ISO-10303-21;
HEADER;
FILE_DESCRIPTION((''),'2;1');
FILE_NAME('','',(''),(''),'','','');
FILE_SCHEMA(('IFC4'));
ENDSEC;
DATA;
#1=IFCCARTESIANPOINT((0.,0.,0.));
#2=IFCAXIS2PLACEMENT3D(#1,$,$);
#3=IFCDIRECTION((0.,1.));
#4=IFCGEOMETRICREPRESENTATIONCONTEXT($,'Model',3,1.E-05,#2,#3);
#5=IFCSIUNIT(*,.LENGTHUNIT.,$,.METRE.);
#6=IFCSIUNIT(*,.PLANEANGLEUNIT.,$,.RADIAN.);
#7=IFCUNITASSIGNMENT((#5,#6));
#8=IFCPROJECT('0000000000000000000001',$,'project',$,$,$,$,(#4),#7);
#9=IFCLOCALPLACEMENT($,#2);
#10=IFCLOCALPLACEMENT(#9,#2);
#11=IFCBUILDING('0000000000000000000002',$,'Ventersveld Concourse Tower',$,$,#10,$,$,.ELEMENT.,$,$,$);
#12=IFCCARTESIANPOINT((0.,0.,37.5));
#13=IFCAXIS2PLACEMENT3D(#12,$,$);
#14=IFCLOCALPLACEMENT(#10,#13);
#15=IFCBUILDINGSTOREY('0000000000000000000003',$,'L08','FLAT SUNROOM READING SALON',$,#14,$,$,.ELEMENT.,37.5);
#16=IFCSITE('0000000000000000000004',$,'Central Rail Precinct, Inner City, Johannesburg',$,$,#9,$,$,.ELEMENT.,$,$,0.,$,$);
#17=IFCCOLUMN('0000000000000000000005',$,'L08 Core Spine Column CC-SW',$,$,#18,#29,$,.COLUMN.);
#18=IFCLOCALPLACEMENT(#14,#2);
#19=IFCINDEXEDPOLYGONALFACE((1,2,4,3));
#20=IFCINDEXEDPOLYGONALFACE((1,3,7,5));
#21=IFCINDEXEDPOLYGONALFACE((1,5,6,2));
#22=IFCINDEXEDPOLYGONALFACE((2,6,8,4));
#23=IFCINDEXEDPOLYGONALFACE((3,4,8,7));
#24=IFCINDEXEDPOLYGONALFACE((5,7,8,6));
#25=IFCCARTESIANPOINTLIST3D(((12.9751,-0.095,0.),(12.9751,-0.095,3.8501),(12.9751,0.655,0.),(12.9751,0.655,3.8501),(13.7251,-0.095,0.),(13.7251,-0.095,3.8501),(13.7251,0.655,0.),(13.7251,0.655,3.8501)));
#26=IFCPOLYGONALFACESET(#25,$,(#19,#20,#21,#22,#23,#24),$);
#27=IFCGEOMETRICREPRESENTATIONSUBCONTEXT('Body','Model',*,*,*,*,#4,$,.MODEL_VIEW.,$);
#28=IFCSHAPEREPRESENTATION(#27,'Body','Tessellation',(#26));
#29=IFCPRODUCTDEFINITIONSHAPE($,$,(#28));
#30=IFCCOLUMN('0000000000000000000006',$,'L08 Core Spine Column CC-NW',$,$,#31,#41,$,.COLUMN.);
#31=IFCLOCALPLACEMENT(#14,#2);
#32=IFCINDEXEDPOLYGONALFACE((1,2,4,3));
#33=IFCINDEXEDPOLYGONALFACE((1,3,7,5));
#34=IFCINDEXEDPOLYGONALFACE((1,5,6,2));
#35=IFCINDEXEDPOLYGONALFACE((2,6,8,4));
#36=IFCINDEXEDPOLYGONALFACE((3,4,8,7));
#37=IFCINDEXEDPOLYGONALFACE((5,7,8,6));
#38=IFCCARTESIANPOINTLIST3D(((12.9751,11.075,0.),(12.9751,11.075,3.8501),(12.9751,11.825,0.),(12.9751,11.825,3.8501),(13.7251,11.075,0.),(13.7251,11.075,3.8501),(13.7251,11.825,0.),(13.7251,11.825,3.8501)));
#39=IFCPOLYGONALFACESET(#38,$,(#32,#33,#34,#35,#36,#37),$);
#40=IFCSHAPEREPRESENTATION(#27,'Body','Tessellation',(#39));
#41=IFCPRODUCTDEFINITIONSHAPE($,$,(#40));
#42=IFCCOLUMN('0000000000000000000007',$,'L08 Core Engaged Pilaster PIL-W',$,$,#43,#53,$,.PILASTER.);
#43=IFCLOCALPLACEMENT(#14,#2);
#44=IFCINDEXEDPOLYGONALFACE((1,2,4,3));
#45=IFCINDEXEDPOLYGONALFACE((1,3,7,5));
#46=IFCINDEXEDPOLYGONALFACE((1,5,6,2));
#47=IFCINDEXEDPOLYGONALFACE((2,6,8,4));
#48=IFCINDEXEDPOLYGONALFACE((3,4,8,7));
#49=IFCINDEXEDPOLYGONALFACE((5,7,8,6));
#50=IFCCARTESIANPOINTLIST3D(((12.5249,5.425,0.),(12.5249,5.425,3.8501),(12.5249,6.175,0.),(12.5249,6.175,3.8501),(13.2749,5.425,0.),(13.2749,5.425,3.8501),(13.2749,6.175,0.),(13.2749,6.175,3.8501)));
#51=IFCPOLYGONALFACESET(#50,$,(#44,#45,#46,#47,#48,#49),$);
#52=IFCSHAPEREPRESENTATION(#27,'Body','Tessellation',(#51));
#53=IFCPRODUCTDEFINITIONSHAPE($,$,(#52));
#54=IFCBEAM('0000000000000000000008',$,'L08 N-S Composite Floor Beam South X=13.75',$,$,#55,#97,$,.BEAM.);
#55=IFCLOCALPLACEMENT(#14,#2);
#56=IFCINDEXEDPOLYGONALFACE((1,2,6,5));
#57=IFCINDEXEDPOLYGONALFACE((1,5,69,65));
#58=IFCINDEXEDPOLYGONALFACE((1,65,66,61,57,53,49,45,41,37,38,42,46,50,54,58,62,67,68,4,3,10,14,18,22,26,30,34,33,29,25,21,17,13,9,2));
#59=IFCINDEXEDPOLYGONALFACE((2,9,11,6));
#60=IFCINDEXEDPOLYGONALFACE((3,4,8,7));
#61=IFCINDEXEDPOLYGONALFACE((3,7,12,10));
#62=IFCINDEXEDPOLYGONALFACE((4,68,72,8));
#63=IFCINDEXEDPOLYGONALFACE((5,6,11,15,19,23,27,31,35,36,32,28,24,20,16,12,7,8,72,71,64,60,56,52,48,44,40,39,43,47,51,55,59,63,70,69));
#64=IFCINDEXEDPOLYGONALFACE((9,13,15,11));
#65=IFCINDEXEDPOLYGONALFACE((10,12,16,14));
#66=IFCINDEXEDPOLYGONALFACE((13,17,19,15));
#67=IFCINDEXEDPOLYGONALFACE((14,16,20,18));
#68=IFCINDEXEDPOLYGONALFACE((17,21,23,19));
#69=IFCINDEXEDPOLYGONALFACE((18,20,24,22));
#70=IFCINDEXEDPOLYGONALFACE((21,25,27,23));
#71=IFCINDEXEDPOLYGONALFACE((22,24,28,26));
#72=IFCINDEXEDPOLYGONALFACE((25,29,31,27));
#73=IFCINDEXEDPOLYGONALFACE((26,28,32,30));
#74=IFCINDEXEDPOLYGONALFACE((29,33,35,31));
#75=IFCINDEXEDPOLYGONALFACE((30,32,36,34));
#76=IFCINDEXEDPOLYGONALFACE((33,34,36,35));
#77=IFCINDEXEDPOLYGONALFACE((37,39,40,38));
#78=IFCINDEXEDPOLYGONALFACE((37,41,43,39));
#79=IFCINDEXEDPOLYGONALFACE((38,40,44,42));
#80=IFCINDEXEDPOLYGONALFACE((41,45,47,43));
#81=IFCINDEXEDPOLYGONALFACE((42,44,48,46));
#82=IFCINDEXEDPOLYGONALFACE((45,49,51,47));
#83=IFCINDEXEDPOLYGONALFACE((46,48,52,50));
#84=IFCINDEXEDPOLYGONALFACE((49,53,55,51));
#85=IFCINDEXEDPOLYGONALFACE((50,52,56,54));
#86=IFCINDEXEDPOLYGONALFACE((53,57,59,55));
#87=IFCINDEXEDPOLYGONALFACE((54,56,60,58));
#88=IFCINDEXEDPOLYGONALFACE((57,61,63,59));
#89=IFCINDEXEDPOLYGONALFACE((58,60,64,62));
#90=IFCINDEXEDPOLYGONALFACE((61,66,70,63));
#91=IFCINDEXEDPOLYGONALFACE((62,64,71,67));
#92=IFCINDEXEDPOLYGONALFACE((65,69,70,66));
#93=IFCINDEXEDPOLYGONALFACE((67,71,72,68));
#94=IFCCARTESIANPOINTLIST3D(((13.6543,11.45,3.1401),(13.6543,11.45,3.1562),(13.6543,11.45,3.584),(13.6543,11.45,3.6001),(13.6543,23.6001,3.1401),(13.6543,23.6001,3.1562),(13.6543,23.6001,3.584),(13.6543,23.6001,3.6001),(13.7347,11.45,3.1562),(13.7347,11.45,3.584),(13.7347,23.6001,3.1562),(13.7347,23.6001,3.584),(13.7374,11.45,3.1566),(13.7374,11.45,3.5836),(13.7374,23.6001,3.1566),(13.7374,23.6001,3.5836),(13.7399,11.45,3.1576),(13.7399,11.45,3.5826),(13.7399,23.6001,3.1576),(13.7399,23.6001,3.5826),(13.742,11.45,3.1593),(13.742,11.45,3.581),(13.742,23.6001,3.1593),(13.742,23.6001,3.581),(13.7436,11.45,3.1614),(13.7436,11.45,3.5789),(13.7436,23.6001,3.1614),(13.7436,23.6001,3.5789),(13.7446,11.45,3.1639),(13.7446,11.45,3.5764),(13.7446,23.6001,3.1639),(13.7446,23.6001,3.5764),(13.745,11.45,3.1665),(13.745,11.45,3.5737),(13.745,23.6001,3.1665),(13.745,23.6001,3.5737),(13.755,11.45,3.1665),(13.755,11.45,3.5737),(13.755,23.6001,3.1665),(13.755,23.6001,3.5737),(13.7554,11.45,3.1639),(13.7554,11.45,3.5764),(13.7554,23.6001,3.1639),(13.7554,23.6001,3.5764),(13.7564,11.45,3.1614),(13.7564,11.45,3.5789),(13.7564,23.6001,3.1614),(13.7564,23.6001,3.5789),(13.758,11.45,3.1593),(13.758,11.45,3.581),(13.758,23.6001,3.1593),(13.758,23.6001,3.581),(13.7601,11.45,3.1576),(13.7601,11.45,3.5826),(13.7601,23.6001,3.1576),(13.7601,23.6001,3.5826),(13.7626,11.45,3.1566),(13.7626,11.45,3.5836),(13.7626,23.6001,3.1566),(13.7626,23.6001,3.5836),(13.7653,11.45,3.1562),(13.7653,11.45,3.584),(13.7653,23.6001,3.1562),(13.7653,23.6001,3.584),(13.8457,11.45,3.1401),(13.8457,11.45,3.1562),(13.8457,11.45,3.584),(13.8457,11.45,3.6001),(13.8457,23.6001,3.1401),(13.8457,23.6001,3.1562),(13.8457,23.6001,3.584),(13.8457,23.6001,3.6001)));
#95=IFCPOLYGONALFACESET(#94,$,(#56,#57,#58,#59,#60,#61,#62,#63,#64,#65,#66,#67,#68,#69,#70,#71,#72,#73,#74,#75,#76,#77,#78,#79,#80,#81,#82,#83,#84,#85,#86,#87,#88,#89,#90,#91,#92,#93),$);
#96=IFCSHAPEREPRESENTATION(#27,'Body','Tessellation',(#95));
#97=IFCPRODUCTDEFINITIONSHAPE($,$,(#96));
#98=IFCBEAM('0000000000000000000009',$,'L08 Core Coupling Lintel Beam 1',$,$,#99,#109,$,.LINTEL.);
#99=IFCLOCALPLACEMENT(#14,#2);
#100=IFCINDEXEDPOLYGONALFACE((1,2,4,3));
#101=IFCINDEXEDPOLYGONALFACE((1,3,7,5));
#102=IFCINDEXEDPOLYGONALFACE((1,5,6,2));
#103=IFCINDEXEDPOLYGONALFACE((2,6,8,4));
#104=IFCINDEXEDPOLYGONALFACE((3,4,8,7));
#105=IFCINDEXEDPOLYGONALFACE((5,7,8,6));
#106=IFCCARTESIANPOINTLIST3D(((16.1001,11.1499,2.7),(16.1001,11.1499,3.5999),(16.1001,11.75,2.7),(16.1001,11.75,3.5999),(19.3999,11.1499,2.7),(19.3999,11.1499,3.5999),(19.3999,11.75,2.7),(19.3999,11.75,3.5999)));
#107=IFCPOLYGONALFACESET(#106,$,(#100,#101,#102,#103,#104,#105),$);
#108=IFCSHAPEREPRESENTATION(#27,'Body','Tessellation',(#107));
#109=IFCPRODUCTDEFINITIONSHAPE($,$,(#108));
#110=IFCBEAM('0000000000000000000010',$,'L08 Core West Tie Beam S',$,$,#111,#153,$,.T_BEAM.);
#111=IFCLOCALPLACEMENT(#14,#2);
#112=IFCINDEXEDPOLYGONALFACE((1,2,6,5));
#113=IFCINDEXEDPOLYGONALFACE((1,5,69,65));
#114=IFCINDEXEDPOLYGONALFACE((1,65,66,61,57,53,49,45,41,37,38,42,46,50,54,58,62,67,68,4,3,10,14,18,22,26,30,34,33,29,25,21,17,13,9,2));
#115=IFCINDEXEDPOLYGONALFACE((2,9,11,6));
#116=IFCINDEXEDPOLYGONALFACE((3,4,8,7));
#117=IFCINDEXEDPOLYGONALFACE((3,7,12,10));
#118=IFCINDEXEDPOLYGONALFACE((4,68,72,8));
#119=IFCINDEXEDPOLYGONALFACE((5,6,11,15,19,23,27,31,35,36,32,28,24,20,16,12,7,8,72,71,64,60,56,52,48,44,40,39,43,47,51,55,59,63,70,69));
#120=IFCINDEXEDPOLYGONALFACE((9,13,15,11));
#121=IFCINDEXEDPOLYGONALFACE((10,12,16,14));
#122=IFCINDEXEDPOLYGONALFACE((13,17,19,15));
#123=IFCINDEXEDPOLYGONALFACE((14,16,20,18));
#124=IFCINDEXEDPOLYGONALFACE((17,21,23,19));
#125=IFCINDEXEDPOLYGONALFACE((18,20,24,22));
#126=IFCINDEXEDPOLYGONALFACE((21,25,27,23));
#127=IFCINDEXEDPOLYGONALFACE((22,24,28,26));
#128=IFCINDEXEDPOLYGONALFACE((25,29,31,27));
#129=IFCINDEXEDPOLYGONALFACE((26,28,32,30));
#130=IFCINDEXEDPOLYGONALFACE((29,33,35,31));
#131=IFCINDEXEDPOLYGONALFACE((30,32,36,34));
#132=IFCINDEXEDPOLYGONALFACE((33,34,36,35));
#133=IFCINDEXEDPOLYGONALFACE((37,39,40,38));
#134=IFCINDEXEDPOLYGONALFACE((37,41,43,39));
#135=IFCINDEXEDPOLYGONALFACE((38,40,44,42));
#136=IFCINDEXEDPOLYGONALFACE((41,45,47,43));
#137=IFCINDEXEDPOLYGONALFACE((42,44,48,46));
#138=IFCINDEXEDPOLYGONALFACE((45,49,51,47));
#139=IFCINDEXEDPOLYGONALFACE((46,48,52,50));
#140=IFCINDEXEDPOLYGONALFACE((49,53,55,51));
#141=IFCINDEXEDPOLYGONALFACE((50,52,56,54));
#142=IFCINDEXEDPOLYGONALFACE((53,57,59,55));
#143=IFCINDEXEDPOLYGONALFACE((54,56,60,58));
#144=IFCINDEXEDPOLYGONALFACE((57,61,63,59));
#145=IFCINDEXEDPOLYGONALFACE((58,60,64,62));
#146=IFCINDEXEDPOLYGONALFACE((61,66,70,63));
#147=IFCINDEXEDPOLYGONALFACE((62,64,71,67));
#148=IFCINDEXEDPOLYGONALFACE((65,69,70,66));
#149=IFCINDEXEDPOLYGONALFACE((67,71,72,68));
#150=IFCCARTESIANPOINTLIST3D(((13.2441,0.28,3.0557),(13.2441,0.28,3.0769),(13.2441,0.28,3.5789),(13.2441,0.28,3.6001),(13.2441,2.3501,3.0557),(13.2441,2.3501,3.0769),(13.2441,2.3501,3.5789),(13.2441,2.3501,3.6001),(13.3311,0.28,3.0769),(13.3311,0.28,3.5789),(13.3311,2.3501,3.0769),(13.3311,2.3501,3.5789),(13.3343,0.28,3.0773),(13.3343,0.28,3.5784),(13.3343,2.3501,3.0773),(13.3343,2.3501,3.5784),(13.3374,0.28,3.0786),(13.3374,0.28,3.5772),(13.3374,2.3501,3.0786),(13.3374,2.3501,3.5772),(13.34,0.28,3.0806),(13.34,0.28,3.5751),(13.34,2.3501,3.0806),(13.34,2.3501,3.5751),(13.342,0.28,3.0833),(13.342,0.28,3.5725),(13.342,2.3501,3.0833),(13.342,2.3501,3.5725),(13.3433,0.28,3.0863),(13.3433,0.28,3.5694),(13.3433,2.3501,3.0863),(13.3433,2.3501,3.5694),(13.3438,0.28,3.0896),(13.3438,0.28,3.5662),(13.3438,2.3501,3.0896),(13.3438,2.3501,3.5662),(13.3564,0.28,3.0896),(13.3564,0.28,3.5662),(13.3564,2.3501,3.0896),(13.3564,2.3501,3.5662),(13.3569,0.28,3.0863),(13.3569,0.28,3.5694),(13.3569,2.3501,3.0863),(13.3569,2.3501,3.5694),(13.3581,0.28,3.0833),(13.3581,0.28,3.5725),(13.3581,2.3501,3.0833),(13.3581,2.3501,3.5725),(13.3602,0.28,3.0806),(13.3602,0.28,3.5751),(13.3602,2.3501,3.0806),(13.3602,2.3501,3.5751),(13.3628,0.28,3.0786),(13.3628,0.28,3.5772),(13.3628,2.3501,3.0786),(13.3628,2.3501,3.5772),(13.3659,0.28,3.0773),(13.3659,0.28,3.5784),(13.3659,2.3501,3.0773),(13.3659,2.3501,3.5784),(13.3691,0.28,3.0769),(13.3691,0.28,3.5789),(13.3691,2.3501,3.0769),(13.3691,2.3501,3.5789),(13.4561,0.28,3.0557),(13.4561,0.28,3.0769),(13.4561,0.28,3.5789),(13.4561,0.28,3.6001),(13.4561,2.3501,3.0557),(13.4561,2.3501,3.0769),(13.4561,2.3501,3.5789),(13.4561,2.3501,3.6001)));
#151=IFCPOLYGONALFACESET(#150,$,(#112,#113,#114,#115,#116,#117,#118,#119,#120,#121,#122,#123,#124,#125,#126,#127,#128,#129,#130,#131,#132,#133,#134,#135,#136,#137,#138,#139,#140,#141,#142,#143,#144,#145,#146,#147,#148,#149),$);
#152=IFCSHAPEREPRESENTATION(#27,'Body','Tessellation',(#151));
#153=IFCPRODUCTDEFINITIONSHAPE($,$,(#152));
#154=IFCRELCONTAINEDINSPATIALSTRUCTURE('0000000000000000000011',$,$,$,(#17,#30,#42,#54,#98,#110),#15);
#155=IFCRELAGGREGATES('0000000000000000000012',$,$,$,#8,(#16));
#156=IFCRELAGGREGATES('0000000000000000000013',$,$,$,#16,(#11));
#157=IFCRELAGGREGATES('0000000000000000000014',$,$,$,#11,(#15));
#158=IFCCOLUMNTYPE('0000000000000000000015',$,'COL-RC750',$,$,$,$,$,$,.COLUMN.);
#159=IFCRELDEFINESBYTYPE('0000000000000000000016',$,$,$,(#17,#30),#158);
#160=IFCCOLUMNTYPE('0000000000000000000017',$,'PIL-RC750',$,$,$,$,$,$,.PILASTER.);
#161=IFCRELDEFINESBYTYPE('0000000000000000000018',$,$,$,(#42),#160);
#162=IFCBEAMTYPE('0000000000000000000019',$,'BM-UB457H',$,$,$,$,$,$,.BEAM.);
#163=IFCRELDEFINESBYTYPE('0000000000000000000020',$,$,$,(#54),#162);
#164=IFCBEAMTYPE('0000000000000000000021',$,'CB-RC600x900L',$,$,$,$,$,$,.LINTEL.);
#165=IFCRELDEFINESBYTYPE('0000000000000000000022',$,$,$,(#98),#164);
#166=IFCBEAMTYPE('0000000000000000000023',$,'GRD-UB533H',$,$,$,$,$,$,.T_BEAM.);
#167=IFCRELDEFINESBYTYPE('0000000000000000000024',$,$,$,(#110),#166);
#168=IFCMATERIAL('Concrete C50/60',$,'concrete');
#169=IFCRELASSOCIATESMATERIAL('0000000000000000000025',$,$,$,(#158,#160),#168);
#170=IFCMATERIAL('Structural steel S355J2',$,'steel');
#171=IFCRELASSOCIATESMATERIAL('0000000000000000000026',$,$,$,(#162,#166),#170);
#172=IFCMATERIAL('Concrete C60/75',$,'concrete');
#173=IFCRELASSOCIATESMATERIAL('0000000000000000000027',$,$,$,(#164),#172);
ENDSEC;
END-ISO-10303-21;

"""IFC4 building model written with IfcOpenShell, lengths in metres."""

from ifc_helpers import new_model, si_unit, direction, frame, origin, origin_2d, place, context, subcontext, project, spatial, rectangle, i_section, extrude, material, material_profile, profile_set, type_object, element, save


model = new_model("IFC4")

# Units and contexts
model_context = context("Model", 3, precision=1e-05, world=origin(), true_north=direction((0.0, 1.0)))
body_context = subcontext(model_context, "Body", "Model", "MODEL_VIEW")
ifc_project = project(units=[si_unit("LENGTHUNIT", "METRE"), si_unit("PLANEANGLEUNIT", "RADIAN")], contexts=[model_context])

# Site, building, storey
site_placement = place(None, origin())
site = spatial("IfcSite", under=ifc_project, at=site_placement, Name="Central Rail Precinct, Inner City, Johannesburg", CompositionType="ELEMENT", RefElevation=0.0)
building_placement = place(site_placement, origin())
building = spatial("IfcBuilding", under=site, at=building_placement, Name="Ventersveld Concourse Tower", CompositionType="ELEMENT")
storey_placement = place(building_placement, frame((0.0, 0.0, 37.5)))
storey = spatial("IfcBuildingStorey", under=building, at=storey_placement, Name="L08", Description="FLAT SUNROOM READING SALON", CompositionType="ELEMENT", Elevation=37.5)

# Columns
ifc_material_1 = material(Name="Concrete C50/60", Category="concrete")
ifc_material_profile_1 = material_profile(ifc_material_1, rectangle(XDim=0.75, YDim=0.75, at=origin_2d()), Name="RC 750x750")
ifc_profile_set_1 = profile_set([ifc_material_profile_1], Name="Concrete C50/60")
column_type_1 = type_object("IfcColumnType", Name="COL-RC750", PredefinedType="COLUMN", material=ifc_profile_set_1)
for number, where, z_axis, x_axis, name in (
    (1, (13.3501, 0.28, 0.0), (0.0, 0.0, 1.0), (1.0, 0.0, 0.0), "L08 Core Spine Column CC-SW"),
    (2, (13.3501, 11.45, 0.0), (0.0, 0.0, 1.0), (1.0, 0.0, 0.0), "L08 Core Spine Column CC-NW"),
):
    element("IfcColumn", number, at=place(storey_placement, frame(where, z_axis=z_axis, x_axis=x_axis)), inside=storey, type_object=column_type_1, Name=name, PredefinedType="COLUMN", context=body_context, shape_type="SweptSolid", body=[
        extrude(rectangle(XDim=0.75, YDim=0.75, at=origin_2d()), origin(), (0.0, 0.0, 1.0), 3.8501),
    ])
ifc_material_profile_2 = material_profile(ifc_material_1, rectangle(XDim=0.75, YDim=0.75, at=origin_2d()), Name="RC 750x750")
ifc_profile_set_2 = profile_set([ifc_material_profile_2], Name="Concrete C50/60")
column_type_2 = type_object("IfcColumnType", Name="PIL-RC750", PredefinedType="PILASTER", material=ifc_profile_set_2)
column_placement = place(storey_placement, frame((12.8999, 5.8, 0.0), z_axis=(0.0, 0.0, 1.0), x_axis=(1.0, 0.0, 0.0)))
element("IfcColumn", 3, at=column_placement, inside=storey, type_object=column_type_2, Name="L08 Core Engaged Pilaster PIL-W", PredefinedType="PILASTER", context=body_context, shape_type="SweptSolid", body=[
    extrude(rectangle(XDim=0.75, YDim=0.75, at=origin_2d()), origin(), (0.0, 0.0, 1.0), 3.8501),
])

# Beams
ifc_material_2 = material(Name="Structural steel S355J2", Category="steel")
ifc_material_profile_3 = material_profile(ifc_material_2, i_section(OverallWidth=0.1914, OverallDepth=0.46, WebThickness=0.01, FlangeThickness=0.0161, FilletRadius=0.0103, at=origin_2d()), Name="UB 457x191x82")
ifc_profile_set_3 = profile_set([ifc_material_profile_3], Name="Structural steel S355J2")
beam_type_1 = type_object("IfcBeamType", Name="BM-UB457H", PredefinedType="BEAM", material=ifc_profile_set_3)
beam_1_placement = place(storey_placement, frame((13.75, 11.45, 3.3701), z_axis=(0.0, 1.0, 0.0), x_axis=(-1.0, 0.0, 0.0)))
element("IfcBeam", 4, at=beam_1_placement, inside=storey, type_object=beam_type_1, Name="L08 N-S Composite Floor Beam South X=13.75", PredefinedType="BEAM", context=body_context, shape_type="SweptSolid", body=[
    extrude(i_section(OverallWidth=0.1914, OverallDepth=0.46, WebThickness=0.01, FlangeThickness=0.0161, FilletRadius=0.0103, at=origin_2d()), origin(), (0.0, 0.0, 1.0), 12.1501),
])
ifc_material_3 = material(Name="Concrete C60/75", Category="concrete")
ifc_material_profile_4 = material_profile(ifc_material_3, rectangle(XDim=0.6001, YDim=0.8999, at=origin_2d()), Name="RC 600x900")
ifc_profile_set_4 = profile_set([ifc_material_profile_4], Name="Concrete C60/75")
beam_type_2 = type_object("IfcBeamType", Name="CB-RC600x900L", PredefinedType="LINTEL", material=ifc_profile_set_4)
beam_2_placement = place(storey_placement, frame((16.1001, 11.45, 3.1499), z_axis=(1.0, 0.0, 0.0), x_axis=(0.0, 1.0, 0.0)))
element("IfcBeam", 5, at=beam_2_placement, inside=storey, type_object=beam_type_2, Name="L08 Core Coupling Lintel Beam 1", PredefinedType="LINTEL", context=body_context, shape_type="SweptSolid", body=[
    extrude(rectangle(XDim=0.6001, YDim=0.8999, at=origin_2d()), origin(), (0.0, 0.0, 1.0), 3.2998),
])
ifc_material_profile_5 = material_profile(ifc_material_2, i_section(OverallWidth=0.2119, OverallDepth=0.5444, WebThickness=0.0127, FlangeThickness=0.0212, FilletRadius=0.0127, at=origin_2d()), Name="UB 533x210x122")
ifc_profile_set_5 = profile_set([ifc_material_profile_5], Name="Structural steel S355J2")
beam_type_3 = type_object("IfcBeamType", Name="GRD-UB533H", PredefinedType="T_BEAM", material=ifc_profile_set_5)
beam_3_placement = place(storey_placement, frame((13.3501, 0.28, 3.3279), z_axis=(0.0, 1.0, 0.0), x_axis=(-1.0, 0.0, 0.0)))
element("IfcBeam", 6, at=beam_3_placement, inside=storey, type_object=beam_type_3, Name="L08 Core West Tie Beam S", PredefinedType="T_BEAM", context=body_context, shape_type="SweptSolid", body=[
    extrude(i_section(OverallWidth=0.2119, OverallDepth=0.5444, WebThickness=0.0127, FlangeThickness=0.0212, FilletRadius=0.0127, at=origin_2d()), origin(), (0.0, 0.0, 1.0), 2.0701),
])

save(model, "model.ifc")
